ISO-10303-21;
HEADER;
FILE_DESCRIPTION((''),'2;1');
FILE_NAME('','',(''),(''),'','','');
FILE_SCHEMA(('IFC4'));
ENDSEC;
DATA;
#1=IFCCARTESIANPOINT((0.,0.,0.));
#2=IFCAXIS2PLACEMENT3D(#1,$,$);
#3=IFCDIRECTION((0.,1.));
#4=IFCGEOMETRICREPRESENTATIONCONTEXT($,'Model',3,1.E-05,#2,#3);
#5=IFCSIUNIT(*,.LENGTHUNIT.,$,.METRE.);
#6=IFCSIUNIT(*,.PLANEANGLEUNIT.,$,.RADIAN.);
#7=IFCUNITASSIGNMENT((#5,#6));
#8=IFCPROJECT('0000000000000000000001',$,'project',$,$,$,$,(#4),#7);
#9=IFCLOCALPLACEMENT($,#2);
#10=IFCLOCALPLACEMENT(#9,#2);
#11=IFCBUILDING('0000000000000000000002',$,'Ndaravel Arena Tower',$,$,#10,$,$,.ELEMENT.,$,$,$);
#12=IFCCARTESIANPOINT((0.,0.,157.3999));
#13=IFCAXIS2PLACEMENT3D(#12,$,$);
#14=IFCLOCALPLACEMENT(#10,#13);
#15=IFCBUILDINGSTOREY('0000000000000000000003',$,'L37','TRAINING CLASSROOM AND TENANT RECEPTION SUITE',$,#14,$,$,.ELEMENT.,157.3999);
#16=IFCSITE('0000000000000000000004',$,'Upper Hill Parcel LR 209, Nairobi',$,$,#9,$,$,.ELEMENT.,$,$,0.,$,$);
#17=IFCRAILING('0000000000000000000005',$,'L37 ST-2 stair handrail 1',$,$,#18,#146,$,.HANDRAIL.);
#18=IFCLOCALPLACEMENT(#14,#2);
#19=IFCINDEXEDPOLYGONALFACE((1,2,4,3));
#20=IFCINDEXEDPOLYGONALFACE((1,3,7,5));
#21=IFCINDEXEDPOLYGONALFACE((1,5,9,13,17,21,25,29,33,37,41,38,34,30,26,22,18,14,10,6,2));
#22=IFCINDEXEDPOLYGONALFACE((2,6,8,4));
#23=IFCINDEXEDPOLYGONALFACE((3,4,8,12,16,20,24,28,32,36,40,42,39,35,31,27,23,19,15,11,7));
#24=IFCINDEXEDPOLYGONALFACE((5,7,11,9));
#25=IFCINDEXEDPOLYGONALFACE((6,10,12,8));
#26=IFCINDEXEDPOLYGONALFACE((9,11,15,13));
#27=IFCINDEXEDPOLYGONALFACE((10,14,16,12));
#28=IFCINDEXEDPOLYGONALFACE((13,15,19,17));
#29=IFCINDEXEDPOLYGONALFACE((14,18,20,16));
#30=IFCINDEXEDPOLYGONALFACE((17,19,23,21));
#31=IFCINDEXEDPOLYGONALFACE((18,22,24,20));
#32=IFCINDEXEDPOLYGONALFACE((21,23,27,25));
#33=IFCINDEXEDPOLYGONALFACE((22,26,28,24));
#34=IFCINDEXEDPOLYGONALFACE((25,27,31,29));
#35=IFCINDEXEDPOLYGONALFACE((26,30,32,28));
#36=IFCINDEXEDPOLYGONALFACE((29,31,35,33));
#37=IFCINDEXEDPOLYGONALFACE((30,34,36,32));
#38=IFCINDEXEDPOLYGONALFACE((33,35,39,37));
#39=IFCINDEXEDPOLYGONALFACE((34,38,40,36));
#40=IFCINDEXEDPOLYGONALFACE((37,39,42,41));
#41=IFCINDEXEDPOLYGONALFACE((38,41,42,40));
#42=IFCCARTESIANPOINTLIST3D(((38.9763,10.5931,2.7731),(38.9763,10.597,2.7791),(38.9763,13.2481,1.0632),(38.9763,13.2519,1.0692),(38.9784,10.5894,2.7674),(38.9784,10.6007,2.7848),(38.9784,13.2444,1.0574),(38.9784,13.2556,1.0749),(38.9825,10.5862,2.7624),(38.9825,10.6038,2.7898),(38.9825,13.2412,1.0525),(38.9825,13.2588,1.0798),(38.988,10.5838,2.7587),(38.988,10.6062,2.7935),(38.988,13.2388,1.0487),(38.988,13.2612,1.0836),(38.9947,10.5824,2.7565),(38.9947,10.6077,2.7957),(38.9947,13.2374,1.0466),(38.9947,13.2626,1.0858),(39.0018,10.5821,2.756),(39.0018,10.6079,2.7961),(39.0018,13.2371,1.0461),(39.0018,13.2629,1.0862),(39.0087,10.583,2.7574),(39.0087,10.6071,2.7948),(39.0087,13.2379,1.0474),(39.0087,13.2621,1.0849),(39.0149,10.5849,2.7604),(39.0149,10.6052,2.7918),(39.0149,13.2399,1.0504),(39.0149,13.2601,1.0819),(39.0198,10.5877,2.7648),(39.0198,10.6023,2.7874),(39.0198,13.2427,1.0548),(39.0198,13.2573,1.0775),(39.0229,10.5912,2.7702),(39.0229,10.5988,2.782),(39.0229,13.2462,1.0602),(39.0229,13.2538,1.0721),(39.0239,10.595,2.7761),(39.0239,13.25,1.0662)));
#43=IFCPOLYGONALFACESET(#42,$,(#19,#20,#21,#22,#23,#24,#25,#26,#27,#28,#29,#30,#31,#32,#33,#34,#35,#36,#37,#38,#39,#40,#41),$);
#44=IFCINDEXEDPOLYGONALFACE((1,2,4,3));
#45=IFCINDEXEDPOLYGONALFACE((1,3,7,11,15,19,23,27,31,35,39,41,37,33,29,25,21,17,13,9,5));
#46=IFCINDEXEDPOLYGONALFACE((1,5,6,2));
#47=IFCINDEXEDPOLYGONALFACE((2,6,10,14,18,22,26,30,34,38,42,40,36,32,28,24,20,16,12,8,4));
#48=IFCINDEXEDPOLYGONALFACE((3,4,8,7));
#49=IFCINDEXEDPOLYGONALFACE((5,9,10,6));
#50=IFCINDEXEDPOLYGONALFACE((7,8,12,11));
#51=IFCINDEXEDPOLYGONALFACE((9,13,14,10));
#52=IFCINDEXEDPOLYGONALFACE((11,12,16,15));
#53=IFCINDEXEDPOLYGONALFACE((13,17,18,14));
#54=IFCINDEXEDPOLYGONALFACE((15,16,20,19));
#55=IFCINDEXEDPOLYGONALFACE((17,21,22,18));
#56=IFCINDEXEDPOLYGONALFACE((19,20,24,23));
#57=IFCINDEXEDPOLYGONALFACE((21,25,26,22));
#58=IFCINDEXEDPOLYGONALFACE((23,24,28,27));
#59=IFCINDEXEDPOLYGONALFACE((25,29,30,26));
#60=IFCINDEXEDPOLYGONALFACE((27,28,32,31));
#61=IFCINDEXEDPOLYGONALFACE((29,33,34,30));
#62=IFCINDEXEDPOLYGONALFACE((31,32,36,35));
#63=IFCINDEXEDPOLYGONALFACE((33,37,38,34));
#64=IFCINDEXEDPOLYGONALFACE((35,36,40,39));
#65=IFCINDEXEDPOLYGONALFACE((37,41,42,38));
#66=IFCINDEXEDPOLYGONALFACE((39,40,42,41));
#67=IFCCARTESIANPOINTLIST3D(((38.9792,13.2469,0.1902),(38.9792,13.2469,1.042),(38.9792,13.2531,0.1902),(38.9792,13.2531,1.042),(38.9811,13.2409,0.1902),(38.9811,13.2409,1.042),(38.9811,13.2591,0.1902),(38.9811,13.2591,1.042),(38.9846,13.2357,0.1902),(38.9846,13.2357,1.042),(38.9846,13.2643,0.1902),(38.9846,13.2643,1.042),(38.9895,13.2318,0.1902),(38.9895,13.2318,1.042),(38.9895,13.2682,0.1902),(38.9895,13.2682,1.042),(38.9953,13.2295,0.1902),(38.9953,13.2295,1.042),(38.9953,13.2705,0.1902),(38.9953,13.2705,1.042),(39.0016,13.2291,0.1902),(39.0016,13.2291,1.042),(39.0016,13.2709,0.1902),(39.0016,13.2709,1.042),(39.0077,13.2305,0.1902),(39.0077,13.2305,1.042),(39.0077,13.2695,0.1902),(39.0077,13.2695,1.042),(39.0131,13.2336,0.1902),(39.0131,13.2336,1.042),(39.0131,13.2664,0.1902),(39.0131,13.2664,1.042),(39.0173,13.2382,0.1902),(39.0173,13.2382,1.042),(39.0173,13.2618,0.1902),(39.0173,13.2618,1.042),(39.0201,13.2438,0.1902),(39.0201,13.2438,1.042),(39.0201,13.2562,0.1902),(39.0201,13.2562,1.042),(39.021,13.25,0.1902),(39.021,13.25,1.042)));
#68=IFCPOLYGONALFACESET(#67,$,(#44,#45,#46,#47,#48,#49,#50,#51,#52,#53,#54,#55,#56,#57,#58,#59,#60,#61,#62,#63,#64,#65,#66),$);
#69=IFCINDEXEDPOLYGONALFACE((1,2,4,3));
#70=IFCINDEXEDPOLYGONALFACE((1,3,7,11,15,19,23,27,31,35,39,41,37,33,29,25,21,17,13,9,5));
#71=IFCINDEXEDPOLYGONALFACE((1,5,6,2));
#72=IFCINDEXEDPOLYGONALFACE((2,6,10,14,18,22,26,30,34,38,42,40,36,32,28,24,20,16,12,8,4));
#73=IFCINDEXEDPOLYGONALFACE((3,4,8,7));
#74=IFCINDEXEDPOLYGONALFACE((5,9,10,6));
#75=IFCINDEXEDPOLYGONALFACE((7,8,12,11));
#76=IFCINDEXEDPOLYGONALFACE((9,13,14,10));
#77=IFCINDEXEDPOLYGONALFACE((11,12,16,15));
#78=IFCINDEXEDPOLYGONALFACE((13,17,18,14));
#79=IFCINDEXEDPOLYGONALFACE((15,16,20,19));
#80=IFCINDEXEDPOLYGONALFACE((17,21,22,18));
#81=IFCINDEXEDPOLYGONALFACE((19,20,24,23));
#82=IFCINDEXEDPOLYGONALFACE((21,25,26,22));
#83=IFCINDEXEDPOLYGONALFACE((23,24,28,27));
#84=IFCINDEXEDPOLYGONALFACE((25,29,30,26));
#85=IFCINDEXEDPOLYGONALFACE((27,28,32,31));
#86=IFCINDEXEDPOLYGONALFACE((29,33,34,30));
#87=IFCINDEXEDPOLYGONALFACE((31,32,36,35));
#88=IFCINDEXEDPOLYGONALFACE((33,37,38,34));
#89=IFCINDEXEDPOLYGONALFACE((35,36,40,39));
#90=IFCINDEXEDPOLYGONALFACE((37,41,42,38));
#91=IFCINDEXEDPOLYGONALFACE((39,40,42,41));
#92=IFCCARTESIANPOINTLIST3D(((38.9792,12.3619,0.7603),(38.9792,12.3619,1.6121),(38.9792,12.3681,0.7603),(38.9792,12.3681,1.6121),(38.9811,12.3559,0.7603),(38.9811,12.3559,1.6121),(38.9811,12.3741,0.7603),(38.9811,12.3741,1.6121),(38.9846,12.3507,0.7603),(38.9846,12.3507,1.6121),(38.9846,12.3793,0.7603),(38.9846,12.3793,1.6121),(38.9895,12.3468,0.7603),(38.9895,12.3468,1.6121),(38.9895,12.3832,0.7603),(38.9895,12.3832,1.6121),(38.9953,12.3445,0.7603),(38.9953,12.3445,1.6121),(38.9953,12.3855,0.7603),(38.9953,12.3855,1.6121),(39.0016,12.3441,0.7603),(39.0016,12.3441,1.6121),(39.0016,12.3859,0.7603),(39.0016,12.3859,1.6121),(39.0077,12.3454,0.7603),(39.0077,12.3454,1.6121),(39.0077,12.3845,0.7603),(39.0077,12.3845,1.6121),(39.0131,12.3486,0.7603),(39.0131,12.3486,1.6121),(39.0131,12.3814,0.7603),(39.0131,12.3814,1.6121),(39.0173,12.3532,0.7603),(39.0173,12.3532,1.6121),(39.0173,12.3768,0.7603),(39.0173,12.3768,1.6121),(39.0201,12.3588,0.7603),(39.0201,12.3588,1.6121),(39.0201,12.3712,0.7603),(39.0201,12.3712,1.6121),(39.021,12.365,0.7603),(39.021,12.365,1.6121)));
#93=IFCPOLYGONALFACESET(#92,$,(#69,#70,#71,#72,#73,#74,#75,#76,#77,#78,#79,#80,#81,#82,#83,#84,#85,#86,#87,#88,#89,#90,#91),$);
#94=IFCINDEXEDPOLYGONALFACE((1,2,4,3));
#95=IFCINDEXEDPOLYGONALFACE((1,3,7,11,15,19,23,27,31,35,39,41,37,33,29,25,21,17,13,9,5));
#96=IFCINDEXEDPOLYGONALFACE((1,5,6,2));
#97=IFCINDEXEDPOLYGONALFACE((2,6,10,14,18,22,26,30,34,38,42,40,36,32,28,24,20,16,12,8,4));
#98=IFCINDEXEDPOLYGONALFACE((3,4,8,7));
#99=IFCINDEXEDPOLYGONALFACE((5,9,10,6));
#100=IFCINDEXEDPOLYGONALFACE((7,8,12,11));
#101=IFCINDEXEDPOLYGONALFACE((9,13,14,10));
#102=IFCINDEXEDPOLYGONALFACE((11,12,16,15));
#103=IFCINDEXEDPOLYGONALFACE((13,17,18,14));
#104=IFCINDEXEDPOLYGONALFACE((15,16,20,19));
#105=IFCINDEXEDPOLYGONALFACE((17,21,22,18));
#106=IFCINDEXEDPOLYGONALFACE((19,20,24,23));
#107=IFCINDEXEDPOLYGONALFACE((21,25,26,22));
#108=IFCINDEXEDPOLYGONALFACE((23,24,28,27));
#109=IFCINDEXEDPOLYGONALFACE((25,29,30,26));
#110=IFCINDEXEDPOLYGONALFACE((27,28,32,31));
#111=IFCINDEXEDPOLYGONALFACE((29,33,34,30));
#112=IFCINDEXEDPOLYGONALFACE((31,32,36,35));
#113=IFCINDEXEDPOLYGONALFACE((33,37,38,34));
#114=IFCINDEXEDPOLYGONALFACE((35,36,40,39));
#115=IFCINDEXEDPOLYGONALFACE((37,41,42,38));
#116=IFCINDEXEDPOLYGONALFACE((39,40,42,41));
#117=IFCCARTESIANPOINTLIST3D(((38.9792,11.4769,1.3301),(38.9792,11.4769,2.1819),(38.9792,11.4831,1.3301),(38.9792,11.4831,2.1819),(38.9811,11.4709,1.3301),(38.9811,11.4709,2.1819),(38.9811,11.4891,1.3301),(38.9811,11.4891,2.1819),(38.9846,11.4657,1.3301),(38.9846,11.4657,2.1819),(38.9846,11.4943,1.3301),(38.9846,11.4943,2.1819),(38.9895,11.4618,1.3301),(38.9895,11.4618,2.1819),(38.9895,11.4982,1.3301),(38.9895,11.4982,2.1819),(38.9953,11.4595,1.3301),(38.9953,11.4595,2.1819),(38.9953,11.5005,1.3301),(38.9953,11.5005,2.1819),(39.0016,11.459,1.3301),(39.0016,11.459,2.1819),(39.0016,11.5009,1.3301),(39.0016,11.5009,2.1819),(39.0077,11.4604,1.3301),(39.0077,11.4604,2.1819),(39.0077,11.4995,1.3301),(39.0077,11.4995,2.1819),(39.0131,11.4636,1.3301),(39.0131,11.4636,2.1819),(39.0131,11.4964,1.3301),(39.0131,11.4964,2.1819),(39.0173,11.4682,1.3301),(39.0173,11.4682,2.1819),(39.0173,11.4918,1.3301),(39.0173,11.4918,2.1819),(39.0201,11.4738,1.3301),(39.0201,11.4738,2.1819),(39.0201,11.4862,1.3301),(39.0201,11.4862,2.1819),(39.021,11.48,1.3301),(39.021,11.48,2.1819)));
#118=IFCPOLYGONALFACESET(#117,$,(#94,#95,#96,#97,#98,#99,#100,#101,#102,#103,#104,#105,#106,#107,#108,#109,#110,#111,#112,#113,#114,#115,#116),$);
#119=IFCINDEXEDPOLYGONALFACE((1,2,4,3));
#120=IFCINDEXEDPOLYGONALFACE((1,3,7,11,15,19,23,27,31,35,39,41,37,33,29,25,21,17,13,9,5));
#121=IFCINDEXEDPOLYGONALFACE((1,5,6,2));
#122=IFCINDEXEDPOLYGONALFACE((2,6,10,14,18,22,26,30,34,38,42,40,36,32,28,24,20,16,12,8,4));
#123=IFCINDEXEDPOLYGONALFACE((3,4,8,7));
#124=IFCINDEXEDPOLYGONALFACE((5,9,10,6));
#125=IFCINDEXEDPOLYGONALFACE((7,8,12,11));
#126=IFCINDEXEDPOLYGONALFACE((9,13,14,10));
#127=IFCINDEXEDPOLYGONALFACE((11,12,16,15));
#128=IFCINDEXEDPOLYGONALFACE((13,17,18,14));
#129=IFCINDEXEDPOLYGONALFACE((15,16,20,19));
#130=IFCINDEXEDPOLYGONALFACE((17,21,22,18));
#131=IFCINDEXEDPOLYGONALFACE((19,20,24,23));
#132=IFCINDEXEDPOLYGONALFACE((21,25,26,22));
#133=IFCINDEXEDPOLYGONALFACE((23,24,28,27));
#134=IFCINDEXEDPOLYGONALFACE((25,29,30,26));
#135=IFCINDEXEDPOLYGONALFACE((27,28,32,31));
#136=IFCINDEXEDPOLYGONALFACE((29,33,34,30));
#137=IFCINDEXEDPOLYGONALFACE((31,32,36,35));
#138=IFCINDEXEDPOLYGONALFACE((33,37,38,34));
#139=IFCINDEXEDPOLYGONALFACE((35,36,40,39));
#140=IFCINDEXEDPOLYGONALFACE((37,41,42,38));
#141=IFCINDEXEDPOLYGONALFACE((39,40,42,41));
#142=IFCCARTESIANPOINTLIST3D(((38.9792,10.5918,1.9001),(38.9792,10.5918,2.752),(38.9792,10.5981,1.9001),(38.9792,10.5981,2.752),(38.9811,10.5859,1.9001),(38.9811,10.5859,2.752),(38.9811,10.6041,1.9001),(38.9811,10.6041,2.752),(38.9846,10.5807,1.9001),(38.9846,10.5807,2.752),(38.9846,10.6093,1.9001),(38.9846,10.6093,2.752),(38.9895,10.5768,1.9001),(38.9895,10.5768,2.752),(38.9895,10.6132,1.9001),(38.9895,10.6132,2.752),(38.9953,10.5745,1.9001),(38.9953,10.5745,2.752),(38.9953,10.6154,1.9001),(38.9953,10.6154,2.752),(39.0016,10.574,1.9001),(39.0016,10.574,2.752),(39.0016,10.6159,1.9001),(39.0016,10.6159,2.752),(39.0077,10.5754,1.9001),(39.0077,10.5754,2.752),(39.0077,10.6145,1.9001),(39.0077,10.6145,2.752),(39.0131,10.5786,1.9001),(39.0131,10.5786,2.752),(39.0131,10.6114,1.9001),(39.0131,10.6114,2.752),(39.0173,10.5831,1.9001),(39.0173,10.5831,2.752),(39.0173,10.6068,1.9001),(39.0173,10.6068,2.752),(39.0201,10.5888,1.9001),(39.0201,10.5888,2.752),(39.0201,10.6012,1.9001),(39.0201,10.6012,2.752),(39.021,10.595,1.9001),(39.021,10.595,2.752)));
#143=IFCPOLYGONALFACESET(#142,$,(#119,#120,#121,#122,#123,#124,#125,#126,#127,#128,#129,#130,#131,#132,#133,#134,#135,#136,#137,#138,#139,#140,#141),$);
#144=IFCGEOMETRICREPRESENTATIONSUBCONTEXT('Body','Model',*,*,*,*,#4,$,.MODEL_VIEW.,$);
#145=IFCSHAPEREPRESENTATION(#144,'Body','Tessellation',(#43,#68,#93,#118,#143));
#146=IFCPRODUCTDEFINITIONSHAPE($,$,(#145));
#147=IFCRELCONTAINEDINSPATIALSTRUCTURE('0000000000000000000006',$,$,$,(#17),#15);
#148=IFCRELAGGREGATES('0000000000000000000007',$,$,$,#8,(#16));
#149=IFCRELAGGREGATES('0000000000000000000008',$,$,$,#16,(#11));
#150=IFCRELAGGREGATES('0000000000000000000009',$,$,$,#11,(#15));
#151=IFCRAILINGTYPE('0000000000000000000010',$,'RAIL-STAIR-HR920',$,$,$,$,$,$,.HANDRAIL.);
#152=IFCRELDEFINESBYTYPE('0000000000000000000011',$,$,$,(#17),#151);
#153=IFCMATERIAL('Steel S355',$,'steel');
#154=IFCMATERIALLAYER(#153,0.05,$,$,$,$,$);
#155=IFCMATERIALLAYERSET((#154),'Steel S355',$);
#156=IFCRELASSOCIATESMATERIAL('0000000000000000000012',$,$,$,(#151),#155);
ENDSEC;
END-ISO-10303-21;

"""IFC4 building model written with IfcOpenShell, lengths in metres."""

from ifc_helpers import new_model, si_unit, direction, frame, origin, origin_2d, place, context, subcontext, project, spatial, circle, extrude, material, layer, layer_set, type_object, element, save


model = new_model("IFC4")

# Units and contexts
model_context = context("Model", 3, precision=1e-05, world=origin(), true_north=direction((0.0, 1.0)))
body_context = subcontext(model_context, "Body", "Model", "MODEL_VIEW")
ifc_project = project(units=[si_unit("LENGTHUNIT", "METRE"), si_unit("PLANEANGLEUNIT", "RADIAN")], contexts=[model_context])

# Site, building, storey
site_placement = place(None, origin())
site = spatial("IfcSite", under=ifc_project, at=site_placement, Name="Upper Hill Parcel LR 209, Nairobi", CompositionType="ELEMENT", RefElevation=0.0)
building_placement = place(site_placement, origin())
building = spatial("IfcBuilding", under=site, at=building_placement, Name="Ndaravel Arena Tower", CompositionType="ELEMENT")
storey_placement = place(building_placement, frame((0.0, 0.0, 157.3999)))
storey = spatial("IfcBuildingStorey", under=building, at=storey_placement, Name="L37", Description="TRAINING CLASSROOM AND TENANT RECEPTION SUITE", CompositionType="ELEMENT", Elevation=157.3999)

# Railing
ifc_material_1 = material(Name="Steel S355", Category="steel")
ifc_layer_1 = layer(ifc_material_1, 0.05)
ifc_layer_set_1 = layer_set([ifc_layer_1], Name="Steel S355")
railing_type_1 = type_object("IfcRailingType", Name="RAIL-STAIR-HR920", PredefinedType="HANDRAIL", material=ifc_layer_set_1)
railing_1_placement = place(storey_placement, frame((39.0, 13.25, 0.1902)))
element("IfcRailing", 1, at=railing_1_placement, inside=storey, type_object=railing_type_1, Name="L37 ST-2 stair handrail 1", PredefinedType="HANDRAIL", context=body_context, shape_type="SweptSolid", body=[
    extrude(circle(Radius=0.0239, at=origin_2d()), frame((0.0, 0.0, 0.876), z_axis=(0.0, -0.840724, 0.541465), x_axis=(1.0, 0.0, 0.0)), (0.0, 0.0, 1.0), 3.158),
    extrude(circle(Radius=0.021, at=origin_2d()), origin(), (0.0, 0.0, 1.0), 0.8518),
    extrude(circle(Radius=0.021, at=origin_2d()), frame((0.0, -0.885, 0.5701)), (0.0, 0.0, 1.0), 0.8518),
    extrude(circle(Radius=0.021, at=origin_2d()), frame((0.0, -1.77, 1.1399)), (0.0, 0.0, 1.0), 0.8518),
    extrude(circle(Radius=0.021, at=origin_2d()), frame((0.0, -2.655, 1.71)), (0.0, 0.0, 1.0), 0.8518),
])

save(model, "model.ifc")
